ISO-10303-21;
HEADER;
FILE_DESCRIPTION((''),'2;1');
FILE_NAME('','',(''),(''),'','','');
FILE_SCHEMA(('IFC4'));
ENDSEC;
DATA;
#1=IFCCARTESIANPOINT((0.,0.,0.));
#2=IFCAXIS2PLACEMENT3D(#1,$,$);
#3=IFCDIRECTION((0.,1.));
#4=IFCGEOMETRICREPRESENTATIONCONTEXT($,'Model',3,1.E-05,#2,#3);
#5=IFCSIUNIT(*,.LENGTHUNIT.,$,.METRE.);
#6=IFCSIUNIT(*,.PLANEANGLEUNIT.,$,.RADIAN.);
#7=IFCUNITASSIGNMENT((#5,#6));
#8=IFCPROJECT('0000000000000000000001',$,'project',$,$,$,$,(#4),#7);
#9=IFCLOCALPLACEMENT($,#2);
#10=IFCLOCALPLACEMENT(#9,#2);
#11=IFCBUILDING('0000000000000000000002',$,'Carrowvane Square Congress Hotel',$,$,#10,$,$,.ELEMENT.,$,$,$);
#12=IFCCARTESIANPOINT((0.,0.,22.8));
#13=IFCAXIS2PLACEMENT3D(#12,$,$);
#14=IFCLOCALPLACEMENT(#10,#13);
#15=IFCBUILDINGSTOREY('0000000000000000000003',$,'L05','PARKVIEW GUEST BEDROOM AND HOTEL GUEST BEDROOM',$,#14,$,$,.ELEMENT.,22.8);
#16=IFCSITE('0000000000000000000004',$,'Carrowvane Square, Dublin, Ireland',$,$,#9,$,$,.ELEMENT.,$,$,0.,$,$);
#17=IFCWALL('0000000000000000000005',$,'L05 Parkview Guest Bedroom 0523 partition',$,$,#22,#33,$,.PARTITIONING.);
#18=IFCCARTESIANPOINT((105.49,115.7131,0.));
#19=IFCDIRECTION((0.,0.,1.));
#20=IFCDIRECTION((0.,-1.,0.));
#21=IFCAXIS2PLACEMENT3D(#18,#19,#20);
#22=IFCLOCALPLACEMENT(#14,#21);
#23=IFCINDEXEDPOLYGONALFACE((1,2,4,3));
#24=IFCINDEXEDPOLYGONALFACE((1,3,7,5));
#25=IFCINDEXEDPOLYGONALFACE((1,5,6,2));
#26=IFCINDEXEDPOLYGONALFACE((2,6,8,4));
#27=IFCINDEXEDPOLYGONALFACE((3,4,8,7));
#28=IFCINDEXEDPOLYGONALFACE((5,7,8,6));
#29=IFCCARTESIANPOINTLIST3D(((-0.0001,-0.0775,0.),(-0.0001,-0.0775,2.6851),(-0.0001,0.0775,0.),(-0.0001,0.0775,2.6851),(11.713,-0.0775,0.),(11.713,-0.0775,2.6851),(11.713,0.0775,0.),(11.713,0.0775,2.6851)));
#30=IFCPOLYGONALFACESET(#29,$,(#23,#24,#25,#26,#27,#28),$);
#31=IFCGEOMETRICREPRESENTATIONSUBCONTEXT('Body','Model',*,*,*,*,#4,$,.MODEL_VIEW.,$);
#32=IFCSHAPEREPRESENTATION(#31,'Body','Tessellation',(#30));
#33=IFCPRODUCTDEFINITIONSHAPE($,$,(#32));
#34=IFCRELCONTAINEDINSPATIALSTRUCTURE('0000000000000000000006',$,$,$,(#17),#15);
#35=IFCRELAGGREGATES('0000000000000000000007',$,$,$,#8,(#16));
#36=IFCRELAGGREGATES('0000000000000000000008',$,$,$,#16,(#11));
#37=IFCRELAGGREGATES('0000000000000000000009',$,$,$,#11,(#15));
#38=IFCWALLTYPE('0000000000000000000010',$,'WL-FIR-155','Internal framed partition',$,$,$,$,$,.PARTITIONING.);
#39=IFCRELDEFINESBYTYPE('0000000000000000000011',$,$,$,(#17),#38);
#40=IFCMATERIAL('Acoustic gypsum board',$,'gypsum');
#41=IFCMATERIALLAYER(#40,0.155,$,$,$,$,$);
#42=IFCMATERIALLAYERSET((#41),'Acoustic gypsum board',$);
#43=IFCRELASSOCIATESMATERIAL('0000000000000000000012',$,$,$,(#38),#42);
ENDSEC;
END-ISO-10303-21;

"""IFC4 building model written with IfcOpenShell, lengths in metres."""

from ifc_helpers import new_model, si_unit, direction, frame, frame_2d, origin, place, context, subcontext, project, spatial, rectangle, extrude, material, layer, layer_set, type_object, element, save


model = new_model("IFC4")

# Units and contexts
model_context = context("Model", 3, precision=1e-05, world=origin(), true_north=direction((0.0, 1.0)))
body_context = subcontext(model_context, "Body", "Model", "MODEL_VIEW")
ifc_project = project(units=[si_unit("LENGTHUNIT", "METRE"), si_unit("PLANEANGLEUNIT", "RADIAN")], contexts=[model_context])

# Site, building, storey
site_placement = place(None, origin())
site = spatial("IfcSite", under=ifc_project, at=site_placement, Name="Carrowvane Square, Dublin, Ireland", CompositionType="ELEMENT", RefElevation=0.0)
building_placement = place(site_placement, origin())
building = spatial("IfcBuilding", under=site, at=building_placement, Name="Carrowvane Square Congress Hotel", CompositionType="ELEMENT")
storey_placement = place(building_placement, frame((0.0, 0.0, 22.8)))
storey = spatial("IfcBuildingStorey", under=building, at=storey_placement, Name="L05", Description="PARKVIEW GUEST BEDROOM AND HOTEL GUEST BEDROOM", CompositionType="ELEMENT", Elevation=22.8)

# Wall
ifc_material_1 = material(Name="Acoustic gypsum board", Category="gypsum")
ifc_layer_1 = layer(ifc_material_1, 0.155)
ifc_layer_set_1 = layer_set([ifc_layer_1], Name="Acoustic gypsum board")
wall_type_1 = type_object("IfcWallType", Name="WL-FIR-155", Description="Internal framed partition", PredefinedType="PARTITIONING", material=ifc_layer_set_1)
wall_1_placement = place(storey_placement, frame((105.49, 115.7131, 0.0), z_axis=(0.0, 0.0, 1.0), x_axis=(0.0, -1.0, 0.0)))
element("IfcWall", 1, at=wall_1_placement, inside=storey, type_object=wall_type_1, Name="L05 Parkview Guest Bedroom 0523 partition", PredefinedType="PARTITIONING", context=body_context, shape_type="SweptSolid", body=[
    extrude(rectangle(XDim=11.7131, YDim=0.155, at=frame_2d((5.8564, 0.0))), origin(), (0.0, 0.0, 1.0), 2.6851),
])

save(model, "model.ifc")
